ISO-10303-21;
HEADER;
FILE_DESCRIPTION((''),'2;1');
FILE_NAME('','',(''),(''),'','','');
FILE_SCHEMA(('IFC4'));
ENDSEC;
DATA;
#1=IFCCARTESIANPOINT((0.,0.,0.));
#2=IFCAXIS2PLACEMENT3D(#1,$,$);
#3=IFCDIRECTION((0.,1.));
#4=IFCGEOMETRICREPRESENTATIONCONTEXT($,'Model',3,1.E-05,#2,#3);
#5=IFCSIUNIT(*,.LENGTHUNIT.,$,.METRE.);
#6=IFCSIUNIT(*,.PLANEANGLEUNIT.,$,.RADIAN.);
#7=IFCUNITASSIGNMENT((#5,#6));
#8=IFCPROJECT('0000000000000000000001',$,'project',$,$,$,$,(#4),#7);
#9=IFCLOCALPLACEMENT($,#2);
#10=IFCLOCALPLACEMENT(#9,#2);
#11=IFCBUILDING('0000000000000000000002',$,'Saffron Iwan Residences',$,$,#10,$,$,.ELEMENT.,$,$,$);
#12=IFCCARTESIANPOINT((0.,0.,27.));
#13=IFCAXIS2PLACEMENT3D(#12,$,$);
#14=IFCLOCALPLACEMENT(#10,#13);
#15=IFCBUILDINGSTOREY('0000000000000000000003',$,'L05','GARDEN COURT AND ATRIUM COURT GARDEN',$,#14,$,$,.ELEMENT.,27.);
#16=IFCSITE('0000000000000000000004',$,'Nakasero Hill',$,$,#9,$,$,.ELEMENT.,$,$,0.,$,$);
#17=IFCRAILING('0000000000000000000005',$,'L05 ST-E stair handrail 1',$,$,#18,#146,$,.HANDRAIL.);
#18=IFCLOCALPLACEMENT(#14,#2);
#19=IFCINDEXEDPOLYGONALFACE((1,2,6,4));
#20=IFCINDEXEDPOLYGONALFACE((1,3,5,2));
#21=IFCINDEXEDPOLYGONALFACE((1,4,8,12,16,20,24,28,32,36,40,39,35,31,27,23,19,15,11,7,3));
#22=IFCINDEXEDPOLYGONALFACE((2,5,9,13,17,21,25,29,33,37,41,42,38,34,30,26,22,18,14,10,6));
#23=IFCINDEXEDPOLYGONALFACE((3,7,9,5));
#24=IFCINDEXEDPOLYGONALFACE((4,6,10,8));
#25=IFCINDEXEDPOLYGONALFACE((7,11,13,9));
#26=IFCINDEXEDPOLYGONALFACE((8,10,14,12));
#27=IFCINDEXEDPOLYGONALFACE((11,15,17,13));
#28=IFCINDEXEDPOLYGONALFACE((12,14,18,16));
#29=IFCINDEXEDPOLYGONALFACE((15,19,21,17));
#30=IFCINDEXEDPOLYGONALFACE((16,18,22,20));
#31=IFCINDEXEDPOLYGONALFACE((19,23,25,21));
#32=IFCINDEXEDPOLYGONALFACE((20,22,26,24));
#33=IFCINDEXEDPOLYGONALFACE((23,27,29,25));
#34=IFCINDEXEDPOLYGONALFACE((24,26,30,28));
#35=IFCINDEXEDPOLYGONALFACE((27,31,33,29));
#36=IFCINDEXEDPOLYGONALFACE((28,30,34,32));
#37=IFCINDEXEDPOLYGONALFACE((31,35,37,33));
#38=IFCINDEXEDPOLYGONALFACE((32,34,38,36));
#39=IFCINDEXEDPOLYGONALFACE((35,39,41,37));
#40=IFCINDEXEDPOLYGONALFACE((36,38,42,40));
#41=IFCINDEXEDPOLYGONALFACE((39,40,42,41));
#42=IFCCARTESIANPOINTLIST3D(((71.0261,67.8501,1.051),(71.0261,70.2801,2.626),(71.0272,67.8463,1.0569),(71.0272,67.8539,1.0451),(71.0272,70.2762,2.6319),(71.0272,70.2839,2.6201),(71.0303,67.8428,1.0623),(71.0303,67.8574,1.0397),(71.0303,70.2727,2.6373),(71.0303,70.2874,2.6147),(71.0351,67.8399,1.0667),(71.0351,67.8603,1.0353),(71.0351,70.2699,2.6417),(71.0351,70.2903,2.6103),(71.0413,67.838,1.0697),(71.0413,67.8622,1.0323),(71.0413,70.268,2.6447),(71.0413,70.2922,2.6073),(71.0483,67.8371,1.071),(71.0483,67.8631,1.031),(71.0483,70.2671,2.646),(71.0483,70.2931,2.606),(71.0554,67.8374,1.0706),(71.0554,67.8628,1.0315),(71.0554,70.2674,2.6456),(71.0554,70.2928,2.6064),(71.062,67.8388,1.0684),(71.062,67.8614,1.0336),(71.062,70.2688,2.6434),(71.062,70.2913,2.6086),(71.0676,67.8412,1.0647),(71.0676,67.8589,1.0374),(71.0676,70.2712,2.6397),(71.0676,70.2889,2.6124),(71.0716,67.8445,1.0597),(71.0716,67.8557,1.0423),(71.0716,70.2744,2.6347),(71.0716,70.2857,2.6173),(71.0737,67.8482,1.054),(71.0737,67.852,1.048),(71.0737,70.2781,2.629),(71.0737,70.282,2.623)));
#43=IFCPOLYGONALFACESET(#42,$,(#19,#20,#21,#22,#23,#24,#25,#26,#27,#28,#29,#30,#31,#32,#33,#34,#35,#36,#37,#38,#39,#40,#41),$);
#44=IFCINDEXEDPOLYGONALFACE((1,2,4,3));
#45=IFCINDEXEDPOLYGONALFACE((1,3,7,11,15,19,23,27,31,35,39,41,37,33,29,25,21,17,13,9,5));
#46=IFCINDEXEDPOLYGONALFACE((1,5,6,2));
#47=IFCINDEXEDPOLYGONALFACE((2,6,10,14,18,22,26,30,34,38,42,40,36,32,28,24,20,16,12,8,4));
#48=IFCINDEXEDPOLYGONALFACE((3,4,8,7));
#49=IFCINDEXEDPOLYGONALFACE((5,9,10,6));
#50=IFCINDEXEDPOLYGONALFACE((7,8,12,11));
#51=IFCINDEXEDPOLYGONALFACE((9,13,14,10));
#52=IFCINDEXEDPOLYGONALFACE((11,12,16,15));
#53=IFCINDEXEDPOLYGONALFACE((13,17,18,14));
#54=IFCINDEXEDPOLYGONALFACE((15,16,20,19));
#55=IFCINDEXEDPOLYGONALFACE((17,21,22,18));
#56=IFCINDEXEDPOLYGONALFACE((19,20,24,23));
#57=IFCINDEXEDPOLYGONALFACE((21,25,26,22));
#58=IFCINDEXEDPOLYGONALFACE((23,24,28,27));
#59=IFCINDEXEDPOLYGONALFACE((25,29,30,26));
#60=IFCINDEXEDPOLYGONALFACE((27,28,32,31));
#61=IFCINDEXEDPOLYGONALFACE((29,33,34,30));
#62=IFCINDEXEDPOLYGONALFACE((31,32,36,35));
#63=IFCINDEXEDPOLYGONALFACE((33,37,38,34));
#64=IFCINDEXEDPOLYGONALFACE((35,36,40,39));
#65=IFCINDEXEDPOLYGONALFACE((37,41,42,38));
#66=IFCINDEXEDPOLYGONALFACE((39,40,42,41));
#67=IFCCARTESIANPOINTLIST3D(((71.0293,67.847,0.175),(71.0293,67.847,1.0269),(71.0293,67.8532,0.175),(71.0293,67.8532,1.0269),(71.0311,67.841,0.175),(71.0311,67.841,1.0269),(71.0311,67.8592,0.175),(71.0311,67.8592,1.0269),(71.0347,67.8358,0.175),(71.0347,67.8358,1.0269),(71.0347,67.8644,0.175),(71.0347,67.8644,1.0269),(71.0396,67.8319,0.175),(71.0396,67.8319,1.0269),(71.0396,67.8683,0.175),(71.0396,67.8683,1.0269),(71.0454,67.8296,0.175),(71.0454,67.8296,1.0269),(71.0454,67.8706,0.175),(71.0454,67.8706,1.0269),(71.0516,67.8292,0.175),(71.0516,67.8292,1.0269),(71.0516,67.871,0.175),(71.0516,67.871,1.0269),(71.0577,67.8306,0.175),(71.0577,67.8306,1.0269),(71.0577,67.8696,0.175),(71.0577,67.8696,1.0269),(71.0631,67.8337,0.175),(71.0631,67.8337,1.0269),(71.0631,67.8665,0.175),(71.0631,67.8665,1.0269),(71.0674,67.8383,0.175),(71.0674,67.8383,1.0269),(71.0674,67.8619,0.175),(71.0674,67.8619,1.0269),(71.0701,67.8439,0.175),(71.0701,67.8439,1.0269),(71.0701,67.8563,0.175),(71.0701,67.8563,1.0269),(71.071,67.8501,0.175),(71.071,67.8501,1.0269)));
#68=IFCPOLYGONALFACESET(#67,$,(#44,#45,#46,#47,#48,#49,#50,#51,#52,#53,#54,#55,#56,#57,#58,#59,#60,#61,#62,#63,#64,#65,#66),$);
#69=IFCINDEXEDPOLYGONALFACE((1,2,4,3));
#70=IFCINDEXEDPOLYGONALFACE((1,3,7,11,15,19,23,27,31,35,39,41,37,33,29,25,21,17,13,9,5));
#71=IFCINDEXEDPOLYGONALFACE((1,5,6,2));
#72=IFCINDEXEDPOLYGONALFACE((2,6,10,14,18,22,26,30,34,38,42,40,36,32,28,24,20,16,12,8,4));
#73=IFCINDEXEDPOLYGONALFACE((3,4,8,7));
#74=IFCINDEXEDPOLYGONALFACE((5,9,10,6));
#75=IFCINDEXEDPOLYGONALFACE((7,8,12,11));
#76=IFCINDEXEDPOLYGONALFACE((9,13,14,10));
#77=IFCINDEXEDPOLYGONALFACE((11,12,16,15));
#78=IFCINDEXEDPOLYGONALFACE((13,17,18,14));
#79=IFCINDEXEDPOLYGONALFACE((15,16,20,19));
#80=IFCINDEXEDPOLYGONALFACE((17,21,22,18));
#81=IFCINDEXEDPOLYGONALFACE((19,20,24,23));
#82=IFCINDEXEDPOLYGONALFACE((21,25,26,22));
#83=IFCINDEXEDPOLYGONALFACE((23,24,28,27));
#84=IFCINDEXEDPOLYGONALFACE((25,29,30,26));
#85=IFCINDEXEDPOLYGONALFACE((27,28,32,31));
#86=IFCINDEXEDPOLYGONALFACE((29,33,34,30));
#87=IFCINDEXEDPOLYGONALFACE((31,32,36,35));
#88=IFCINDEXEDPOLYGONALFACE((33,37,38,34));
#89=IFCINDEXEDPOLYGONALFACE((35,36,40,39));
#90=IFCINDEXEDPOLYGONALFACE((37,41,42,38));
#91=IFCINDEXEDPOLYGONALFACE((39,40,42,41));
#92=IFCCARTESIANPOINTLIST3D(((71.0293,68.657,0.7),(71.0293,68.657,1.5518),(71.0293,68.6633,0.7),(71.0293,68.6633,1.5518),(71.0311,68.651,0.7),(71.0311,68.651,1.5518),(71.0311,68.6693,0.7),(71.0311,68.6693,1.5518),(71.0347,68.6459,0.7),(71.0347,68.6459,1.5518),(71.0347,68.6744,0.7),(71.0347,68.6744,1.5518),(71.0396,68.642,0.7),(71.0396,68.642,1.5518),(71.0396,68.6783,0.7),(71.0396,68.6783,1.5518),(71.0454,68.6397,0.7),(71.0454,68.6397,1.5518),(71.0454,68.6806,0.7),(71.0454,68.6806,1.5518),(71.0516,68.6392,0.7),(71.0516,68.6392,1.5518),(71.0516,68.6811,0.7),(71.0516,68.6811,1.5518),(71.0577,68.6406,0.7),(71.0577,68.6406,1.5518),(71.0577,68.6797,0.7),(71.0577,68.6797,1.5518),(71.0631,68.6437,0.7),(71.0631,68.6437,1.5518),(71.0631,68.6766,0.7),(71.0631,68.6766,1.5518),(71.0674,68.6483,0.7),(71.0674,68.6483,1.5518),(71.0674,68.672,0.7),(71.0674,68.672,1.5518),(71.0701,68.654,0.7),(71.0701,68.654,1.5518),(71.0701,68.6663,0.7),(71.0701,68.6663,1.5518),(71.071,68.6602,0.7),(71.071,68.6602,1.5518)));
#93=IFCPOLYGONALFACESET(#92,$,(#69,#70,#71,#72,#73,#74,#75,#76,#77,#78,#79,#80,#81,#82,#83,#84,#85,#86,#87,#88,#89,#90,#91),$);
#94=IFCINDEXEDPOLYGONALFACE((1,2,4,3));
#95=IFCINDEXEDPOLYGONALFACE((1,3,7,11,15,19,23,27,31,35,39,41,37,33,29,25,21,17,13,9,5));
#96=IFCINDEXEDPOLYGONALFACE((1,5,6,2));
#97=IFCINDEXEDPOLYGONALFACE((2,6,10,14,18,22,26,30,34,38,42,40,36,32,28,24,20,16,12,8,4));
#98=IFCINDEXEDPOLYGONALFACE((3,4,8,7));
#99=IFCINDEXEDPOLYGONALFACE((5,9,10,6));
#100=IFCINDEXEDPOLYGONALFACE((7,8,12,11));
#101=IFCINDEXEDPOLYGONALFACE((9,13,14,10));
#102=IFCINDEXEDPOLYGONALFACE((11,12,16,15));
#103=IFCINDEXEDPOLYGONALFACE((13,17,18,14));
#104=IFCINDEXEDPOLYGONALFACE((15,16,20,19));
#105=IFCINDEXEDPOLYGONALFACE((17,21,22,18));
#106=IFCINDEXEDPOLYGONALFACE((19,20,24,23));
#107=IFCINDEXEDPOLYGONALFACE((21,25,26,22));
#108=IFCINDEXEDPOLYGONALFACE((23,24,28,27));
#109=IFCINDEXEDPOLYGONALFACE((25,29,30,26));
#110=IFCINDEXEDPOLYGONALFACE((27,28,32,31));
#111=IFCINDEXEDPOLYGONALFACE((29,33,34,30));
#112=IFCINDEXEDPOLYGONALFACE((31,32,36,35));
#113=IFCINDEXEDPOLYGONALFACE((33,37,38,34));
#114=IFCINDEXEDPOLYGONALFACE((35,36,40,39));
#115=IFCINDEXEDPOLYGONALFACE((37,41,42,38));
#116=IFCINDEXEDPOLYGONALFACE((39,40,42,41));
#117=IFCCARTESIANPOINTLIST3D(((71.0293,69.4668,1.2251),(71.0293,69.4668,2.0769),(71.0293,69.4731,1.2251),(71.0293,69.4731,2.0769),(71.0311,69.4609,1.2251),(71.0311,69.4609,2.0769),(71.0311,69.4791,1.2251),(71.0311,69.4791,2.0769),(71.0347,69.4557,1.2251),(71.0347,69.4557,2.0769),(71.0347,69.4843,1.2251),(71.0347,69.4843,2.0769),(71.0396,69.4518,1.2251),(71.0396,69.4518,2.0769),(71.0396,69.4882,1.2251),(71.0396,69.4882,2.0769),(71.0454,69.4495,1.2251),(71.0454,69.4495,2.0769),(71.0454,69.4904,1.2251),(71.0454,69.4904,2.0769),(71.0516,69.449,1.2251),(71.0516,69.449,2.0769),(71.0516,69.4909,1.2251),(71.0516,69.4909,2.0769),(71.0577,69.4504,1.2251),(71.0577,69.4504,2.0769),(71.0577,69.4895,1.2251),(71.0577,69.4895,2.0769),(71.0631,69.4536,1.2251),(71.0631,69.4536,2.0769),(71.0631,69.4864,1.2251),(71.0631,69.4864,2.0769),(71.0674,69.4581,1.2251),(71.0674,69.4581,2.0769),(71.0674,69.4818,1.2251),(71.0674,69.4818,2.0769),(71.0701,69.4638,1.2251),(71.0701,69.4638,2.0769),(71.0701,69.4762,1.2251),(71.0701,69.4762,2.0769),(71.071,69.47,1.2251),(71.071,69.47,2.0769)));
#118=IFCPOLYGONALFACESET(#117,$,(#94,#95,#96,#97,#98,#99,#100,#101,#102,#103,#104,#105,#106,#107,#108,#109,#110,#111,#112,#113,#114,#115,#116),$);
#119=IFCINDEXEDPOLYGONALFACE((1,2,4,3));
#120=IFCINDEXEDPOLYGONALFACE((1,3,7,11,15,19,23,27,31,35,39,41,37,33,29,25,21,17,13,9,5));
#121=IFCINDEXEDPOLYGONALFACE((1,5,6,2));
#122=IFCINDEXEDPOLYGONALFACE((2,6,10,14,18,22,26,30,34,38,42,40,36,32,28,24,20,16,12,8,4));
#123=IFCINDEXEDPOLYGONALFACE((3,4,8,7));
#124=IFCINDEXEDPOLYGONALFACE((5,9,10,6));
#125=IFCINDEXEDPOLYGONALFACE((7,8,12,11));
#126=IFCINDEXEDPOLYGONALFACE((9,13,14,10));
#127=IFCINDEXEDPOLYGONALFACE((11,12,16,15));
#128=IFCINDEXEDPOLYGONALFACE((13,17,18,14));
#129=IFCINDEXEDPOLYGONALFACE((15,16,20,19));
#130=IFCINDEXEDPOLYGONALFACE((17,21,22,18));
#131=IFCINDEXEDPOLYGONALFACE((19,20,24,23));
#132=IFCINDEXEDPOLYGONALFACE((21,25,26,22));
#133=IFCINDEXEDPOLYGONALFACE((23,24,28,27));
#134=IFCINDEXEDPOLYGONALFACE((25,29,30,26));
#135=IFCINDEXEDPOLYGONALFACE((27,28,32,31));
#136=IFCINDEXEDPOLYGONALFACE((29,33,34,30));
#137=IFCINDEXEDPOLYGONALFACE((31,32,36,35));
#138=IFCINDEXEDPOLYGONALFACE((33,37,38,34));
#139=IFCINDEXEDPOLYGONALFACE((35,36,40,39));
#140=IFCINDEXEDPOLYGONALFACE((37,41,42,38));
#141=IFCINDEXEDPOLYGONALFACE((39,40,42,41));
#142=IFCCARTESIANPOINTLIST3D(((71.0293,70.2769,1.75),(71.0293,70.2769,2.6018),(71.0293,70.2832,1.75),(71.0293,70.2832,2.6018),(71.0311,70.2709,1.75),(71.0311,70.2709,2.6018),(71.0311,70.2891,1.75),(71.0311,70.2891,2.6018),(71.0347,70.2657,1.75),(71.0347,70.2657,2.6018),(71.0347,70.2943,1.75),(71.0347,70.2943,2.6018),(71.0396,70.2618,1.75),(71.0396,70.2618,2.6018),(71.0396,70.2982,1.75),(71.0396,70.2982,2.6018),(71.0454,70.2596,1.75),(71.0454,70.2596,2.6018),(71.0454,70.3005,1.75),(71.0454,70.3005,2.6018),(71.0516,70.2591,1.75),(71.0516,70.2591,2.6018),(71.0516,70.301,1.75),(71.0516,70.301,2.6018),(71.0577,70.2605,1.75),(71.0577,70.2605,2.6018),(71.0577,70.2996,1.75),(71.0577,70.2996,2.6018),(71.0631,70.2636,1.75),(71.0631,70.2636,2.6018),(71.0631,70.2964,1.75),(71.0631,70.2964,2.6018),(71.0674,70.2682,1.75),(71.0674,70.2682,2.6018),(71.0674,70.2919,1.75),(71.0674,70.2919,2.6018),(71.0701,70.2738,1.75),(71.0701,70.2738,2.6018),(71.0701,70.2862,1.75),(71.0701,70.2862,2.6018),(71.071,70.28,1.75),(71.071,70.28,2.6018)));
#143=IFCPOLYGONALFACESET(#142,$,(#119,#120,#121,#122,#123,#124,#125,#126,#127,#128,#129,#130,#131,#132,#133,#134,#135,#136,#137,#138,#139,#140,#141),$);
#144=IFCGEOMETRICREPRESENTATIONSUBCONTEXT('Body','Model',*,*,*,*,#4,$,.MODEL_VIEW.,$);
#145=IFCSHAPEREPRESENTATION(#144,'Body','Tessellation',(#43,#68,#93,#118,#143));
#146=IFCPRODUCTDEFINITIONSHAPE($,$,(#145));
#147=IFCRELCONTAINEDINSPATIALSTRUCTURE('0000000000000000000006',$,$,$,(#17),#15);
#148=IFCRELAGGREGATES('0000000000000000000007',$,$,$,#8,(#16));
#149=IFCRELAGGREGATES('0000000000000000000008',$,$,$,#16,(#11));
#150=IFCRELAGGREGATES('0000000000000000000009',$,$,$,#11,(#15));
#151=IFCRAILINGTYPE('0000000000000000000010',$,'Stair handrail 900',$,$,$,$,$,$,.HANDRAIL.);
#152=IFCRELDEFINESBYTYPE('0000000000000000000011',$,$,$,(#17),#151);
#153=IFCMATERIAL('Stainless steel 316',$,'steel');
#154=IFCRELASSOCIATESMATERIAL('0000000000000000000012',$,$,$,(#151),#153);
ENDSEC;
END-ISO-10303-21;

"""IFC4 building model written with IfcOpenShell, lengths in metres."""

from ifc_helpers import new_model, si_unit, direction, frame, origin, origin_2d, place, context, subcontext, project, spatial, circle, extrude, material, type_object, element, save


model = new_model("IFC4")

# Units and contexts
model_context = context("Model", 3, precision=1e-05, world=origin(), true_north=direction((0.0, 1.0)))
body_context = subcontext(model_context, "Body", "Model", "MODEL_VIEW")
ifc_project = project(units=[si_unit("LENGTHUNIT", "METRE"), si_unit("PLANEANGLEUNIT", "RADIAN")], contexts=[model_context])

# Site, building, storey
site_placement = place(None, origin())
site = spatial("IfcSite", under=ifc_project, at=site_placement, Name="Nakasero Hill", CompositionType="ELEMENT", RefElevation=0.0)
building_placement = place(site_placement, origin())
building = spatial("IfcBuilding", under=site, at=building_placement, Name="Saffron Iwan Residences", CompositionType="ELEMENT")
storey_placement = place(building_placement, frame((0.0, 0.0, 27.0)))
storey = spatial("IfcBuildingStorey", under=building, at=storey_placement, Name="L05", Description="GARDEN COURT AND ATRIUM COURT GARDEN", CompositionType="ELEMENT", Elevation=27.0)

# Railing
ifc_material_1 = material(Name="Stainless steel 316", Category="steel")
railing_type_1 = type_object("IfcRailingType", Name="Stair handrail 900", PredefinedType="HANDRAIL", material=ifc_material_1)
railing_1_placement = place(storey_placement, frame((71.05, 67.8501, 0.175)))
element("IfcRailing", 1, at=railing_1_placement, inside=storey, type_object=railing_type_1, Name="L05 ST-E stair handrail 1", PredefinedType="HANDRAIL", context=body_context, shape_type="SweptSolid", body=[
    extrude(circle(Radius=0.0239, at=origin_2d()), frame((0.0, 0.0, 0.876), z_axis=(0.0, 0.839154, 0.543894), x_axis=(-1.0, 0.0, 0.0)), (0.0, 0.0, 1.0), 2.8958),
    extrude(circle(Radius=0.021, at=origin_2d()), origin(), (0.0, 0.0, 1.0), 0.8518),
    extrude(circle(Radius=0.021, at=origin_2d()), frame((0.0, 0.8101, 0.5249)), (0.0, 0.0, 1.0), 0.8518),
    extrude(circle(Radius=0.021, at=origin_2d()), frame((0.0, 1.6199, 1.05)), (0.0, 0.0, 1.0), 0.8518),
    extrude(circle(Radius=0.021, at=origin_2d()), frame((0.0, 2.4299, 1.575)), (0.0, 0.0, 1.0), 0.8518),
])

save(model, "model.ifc")
